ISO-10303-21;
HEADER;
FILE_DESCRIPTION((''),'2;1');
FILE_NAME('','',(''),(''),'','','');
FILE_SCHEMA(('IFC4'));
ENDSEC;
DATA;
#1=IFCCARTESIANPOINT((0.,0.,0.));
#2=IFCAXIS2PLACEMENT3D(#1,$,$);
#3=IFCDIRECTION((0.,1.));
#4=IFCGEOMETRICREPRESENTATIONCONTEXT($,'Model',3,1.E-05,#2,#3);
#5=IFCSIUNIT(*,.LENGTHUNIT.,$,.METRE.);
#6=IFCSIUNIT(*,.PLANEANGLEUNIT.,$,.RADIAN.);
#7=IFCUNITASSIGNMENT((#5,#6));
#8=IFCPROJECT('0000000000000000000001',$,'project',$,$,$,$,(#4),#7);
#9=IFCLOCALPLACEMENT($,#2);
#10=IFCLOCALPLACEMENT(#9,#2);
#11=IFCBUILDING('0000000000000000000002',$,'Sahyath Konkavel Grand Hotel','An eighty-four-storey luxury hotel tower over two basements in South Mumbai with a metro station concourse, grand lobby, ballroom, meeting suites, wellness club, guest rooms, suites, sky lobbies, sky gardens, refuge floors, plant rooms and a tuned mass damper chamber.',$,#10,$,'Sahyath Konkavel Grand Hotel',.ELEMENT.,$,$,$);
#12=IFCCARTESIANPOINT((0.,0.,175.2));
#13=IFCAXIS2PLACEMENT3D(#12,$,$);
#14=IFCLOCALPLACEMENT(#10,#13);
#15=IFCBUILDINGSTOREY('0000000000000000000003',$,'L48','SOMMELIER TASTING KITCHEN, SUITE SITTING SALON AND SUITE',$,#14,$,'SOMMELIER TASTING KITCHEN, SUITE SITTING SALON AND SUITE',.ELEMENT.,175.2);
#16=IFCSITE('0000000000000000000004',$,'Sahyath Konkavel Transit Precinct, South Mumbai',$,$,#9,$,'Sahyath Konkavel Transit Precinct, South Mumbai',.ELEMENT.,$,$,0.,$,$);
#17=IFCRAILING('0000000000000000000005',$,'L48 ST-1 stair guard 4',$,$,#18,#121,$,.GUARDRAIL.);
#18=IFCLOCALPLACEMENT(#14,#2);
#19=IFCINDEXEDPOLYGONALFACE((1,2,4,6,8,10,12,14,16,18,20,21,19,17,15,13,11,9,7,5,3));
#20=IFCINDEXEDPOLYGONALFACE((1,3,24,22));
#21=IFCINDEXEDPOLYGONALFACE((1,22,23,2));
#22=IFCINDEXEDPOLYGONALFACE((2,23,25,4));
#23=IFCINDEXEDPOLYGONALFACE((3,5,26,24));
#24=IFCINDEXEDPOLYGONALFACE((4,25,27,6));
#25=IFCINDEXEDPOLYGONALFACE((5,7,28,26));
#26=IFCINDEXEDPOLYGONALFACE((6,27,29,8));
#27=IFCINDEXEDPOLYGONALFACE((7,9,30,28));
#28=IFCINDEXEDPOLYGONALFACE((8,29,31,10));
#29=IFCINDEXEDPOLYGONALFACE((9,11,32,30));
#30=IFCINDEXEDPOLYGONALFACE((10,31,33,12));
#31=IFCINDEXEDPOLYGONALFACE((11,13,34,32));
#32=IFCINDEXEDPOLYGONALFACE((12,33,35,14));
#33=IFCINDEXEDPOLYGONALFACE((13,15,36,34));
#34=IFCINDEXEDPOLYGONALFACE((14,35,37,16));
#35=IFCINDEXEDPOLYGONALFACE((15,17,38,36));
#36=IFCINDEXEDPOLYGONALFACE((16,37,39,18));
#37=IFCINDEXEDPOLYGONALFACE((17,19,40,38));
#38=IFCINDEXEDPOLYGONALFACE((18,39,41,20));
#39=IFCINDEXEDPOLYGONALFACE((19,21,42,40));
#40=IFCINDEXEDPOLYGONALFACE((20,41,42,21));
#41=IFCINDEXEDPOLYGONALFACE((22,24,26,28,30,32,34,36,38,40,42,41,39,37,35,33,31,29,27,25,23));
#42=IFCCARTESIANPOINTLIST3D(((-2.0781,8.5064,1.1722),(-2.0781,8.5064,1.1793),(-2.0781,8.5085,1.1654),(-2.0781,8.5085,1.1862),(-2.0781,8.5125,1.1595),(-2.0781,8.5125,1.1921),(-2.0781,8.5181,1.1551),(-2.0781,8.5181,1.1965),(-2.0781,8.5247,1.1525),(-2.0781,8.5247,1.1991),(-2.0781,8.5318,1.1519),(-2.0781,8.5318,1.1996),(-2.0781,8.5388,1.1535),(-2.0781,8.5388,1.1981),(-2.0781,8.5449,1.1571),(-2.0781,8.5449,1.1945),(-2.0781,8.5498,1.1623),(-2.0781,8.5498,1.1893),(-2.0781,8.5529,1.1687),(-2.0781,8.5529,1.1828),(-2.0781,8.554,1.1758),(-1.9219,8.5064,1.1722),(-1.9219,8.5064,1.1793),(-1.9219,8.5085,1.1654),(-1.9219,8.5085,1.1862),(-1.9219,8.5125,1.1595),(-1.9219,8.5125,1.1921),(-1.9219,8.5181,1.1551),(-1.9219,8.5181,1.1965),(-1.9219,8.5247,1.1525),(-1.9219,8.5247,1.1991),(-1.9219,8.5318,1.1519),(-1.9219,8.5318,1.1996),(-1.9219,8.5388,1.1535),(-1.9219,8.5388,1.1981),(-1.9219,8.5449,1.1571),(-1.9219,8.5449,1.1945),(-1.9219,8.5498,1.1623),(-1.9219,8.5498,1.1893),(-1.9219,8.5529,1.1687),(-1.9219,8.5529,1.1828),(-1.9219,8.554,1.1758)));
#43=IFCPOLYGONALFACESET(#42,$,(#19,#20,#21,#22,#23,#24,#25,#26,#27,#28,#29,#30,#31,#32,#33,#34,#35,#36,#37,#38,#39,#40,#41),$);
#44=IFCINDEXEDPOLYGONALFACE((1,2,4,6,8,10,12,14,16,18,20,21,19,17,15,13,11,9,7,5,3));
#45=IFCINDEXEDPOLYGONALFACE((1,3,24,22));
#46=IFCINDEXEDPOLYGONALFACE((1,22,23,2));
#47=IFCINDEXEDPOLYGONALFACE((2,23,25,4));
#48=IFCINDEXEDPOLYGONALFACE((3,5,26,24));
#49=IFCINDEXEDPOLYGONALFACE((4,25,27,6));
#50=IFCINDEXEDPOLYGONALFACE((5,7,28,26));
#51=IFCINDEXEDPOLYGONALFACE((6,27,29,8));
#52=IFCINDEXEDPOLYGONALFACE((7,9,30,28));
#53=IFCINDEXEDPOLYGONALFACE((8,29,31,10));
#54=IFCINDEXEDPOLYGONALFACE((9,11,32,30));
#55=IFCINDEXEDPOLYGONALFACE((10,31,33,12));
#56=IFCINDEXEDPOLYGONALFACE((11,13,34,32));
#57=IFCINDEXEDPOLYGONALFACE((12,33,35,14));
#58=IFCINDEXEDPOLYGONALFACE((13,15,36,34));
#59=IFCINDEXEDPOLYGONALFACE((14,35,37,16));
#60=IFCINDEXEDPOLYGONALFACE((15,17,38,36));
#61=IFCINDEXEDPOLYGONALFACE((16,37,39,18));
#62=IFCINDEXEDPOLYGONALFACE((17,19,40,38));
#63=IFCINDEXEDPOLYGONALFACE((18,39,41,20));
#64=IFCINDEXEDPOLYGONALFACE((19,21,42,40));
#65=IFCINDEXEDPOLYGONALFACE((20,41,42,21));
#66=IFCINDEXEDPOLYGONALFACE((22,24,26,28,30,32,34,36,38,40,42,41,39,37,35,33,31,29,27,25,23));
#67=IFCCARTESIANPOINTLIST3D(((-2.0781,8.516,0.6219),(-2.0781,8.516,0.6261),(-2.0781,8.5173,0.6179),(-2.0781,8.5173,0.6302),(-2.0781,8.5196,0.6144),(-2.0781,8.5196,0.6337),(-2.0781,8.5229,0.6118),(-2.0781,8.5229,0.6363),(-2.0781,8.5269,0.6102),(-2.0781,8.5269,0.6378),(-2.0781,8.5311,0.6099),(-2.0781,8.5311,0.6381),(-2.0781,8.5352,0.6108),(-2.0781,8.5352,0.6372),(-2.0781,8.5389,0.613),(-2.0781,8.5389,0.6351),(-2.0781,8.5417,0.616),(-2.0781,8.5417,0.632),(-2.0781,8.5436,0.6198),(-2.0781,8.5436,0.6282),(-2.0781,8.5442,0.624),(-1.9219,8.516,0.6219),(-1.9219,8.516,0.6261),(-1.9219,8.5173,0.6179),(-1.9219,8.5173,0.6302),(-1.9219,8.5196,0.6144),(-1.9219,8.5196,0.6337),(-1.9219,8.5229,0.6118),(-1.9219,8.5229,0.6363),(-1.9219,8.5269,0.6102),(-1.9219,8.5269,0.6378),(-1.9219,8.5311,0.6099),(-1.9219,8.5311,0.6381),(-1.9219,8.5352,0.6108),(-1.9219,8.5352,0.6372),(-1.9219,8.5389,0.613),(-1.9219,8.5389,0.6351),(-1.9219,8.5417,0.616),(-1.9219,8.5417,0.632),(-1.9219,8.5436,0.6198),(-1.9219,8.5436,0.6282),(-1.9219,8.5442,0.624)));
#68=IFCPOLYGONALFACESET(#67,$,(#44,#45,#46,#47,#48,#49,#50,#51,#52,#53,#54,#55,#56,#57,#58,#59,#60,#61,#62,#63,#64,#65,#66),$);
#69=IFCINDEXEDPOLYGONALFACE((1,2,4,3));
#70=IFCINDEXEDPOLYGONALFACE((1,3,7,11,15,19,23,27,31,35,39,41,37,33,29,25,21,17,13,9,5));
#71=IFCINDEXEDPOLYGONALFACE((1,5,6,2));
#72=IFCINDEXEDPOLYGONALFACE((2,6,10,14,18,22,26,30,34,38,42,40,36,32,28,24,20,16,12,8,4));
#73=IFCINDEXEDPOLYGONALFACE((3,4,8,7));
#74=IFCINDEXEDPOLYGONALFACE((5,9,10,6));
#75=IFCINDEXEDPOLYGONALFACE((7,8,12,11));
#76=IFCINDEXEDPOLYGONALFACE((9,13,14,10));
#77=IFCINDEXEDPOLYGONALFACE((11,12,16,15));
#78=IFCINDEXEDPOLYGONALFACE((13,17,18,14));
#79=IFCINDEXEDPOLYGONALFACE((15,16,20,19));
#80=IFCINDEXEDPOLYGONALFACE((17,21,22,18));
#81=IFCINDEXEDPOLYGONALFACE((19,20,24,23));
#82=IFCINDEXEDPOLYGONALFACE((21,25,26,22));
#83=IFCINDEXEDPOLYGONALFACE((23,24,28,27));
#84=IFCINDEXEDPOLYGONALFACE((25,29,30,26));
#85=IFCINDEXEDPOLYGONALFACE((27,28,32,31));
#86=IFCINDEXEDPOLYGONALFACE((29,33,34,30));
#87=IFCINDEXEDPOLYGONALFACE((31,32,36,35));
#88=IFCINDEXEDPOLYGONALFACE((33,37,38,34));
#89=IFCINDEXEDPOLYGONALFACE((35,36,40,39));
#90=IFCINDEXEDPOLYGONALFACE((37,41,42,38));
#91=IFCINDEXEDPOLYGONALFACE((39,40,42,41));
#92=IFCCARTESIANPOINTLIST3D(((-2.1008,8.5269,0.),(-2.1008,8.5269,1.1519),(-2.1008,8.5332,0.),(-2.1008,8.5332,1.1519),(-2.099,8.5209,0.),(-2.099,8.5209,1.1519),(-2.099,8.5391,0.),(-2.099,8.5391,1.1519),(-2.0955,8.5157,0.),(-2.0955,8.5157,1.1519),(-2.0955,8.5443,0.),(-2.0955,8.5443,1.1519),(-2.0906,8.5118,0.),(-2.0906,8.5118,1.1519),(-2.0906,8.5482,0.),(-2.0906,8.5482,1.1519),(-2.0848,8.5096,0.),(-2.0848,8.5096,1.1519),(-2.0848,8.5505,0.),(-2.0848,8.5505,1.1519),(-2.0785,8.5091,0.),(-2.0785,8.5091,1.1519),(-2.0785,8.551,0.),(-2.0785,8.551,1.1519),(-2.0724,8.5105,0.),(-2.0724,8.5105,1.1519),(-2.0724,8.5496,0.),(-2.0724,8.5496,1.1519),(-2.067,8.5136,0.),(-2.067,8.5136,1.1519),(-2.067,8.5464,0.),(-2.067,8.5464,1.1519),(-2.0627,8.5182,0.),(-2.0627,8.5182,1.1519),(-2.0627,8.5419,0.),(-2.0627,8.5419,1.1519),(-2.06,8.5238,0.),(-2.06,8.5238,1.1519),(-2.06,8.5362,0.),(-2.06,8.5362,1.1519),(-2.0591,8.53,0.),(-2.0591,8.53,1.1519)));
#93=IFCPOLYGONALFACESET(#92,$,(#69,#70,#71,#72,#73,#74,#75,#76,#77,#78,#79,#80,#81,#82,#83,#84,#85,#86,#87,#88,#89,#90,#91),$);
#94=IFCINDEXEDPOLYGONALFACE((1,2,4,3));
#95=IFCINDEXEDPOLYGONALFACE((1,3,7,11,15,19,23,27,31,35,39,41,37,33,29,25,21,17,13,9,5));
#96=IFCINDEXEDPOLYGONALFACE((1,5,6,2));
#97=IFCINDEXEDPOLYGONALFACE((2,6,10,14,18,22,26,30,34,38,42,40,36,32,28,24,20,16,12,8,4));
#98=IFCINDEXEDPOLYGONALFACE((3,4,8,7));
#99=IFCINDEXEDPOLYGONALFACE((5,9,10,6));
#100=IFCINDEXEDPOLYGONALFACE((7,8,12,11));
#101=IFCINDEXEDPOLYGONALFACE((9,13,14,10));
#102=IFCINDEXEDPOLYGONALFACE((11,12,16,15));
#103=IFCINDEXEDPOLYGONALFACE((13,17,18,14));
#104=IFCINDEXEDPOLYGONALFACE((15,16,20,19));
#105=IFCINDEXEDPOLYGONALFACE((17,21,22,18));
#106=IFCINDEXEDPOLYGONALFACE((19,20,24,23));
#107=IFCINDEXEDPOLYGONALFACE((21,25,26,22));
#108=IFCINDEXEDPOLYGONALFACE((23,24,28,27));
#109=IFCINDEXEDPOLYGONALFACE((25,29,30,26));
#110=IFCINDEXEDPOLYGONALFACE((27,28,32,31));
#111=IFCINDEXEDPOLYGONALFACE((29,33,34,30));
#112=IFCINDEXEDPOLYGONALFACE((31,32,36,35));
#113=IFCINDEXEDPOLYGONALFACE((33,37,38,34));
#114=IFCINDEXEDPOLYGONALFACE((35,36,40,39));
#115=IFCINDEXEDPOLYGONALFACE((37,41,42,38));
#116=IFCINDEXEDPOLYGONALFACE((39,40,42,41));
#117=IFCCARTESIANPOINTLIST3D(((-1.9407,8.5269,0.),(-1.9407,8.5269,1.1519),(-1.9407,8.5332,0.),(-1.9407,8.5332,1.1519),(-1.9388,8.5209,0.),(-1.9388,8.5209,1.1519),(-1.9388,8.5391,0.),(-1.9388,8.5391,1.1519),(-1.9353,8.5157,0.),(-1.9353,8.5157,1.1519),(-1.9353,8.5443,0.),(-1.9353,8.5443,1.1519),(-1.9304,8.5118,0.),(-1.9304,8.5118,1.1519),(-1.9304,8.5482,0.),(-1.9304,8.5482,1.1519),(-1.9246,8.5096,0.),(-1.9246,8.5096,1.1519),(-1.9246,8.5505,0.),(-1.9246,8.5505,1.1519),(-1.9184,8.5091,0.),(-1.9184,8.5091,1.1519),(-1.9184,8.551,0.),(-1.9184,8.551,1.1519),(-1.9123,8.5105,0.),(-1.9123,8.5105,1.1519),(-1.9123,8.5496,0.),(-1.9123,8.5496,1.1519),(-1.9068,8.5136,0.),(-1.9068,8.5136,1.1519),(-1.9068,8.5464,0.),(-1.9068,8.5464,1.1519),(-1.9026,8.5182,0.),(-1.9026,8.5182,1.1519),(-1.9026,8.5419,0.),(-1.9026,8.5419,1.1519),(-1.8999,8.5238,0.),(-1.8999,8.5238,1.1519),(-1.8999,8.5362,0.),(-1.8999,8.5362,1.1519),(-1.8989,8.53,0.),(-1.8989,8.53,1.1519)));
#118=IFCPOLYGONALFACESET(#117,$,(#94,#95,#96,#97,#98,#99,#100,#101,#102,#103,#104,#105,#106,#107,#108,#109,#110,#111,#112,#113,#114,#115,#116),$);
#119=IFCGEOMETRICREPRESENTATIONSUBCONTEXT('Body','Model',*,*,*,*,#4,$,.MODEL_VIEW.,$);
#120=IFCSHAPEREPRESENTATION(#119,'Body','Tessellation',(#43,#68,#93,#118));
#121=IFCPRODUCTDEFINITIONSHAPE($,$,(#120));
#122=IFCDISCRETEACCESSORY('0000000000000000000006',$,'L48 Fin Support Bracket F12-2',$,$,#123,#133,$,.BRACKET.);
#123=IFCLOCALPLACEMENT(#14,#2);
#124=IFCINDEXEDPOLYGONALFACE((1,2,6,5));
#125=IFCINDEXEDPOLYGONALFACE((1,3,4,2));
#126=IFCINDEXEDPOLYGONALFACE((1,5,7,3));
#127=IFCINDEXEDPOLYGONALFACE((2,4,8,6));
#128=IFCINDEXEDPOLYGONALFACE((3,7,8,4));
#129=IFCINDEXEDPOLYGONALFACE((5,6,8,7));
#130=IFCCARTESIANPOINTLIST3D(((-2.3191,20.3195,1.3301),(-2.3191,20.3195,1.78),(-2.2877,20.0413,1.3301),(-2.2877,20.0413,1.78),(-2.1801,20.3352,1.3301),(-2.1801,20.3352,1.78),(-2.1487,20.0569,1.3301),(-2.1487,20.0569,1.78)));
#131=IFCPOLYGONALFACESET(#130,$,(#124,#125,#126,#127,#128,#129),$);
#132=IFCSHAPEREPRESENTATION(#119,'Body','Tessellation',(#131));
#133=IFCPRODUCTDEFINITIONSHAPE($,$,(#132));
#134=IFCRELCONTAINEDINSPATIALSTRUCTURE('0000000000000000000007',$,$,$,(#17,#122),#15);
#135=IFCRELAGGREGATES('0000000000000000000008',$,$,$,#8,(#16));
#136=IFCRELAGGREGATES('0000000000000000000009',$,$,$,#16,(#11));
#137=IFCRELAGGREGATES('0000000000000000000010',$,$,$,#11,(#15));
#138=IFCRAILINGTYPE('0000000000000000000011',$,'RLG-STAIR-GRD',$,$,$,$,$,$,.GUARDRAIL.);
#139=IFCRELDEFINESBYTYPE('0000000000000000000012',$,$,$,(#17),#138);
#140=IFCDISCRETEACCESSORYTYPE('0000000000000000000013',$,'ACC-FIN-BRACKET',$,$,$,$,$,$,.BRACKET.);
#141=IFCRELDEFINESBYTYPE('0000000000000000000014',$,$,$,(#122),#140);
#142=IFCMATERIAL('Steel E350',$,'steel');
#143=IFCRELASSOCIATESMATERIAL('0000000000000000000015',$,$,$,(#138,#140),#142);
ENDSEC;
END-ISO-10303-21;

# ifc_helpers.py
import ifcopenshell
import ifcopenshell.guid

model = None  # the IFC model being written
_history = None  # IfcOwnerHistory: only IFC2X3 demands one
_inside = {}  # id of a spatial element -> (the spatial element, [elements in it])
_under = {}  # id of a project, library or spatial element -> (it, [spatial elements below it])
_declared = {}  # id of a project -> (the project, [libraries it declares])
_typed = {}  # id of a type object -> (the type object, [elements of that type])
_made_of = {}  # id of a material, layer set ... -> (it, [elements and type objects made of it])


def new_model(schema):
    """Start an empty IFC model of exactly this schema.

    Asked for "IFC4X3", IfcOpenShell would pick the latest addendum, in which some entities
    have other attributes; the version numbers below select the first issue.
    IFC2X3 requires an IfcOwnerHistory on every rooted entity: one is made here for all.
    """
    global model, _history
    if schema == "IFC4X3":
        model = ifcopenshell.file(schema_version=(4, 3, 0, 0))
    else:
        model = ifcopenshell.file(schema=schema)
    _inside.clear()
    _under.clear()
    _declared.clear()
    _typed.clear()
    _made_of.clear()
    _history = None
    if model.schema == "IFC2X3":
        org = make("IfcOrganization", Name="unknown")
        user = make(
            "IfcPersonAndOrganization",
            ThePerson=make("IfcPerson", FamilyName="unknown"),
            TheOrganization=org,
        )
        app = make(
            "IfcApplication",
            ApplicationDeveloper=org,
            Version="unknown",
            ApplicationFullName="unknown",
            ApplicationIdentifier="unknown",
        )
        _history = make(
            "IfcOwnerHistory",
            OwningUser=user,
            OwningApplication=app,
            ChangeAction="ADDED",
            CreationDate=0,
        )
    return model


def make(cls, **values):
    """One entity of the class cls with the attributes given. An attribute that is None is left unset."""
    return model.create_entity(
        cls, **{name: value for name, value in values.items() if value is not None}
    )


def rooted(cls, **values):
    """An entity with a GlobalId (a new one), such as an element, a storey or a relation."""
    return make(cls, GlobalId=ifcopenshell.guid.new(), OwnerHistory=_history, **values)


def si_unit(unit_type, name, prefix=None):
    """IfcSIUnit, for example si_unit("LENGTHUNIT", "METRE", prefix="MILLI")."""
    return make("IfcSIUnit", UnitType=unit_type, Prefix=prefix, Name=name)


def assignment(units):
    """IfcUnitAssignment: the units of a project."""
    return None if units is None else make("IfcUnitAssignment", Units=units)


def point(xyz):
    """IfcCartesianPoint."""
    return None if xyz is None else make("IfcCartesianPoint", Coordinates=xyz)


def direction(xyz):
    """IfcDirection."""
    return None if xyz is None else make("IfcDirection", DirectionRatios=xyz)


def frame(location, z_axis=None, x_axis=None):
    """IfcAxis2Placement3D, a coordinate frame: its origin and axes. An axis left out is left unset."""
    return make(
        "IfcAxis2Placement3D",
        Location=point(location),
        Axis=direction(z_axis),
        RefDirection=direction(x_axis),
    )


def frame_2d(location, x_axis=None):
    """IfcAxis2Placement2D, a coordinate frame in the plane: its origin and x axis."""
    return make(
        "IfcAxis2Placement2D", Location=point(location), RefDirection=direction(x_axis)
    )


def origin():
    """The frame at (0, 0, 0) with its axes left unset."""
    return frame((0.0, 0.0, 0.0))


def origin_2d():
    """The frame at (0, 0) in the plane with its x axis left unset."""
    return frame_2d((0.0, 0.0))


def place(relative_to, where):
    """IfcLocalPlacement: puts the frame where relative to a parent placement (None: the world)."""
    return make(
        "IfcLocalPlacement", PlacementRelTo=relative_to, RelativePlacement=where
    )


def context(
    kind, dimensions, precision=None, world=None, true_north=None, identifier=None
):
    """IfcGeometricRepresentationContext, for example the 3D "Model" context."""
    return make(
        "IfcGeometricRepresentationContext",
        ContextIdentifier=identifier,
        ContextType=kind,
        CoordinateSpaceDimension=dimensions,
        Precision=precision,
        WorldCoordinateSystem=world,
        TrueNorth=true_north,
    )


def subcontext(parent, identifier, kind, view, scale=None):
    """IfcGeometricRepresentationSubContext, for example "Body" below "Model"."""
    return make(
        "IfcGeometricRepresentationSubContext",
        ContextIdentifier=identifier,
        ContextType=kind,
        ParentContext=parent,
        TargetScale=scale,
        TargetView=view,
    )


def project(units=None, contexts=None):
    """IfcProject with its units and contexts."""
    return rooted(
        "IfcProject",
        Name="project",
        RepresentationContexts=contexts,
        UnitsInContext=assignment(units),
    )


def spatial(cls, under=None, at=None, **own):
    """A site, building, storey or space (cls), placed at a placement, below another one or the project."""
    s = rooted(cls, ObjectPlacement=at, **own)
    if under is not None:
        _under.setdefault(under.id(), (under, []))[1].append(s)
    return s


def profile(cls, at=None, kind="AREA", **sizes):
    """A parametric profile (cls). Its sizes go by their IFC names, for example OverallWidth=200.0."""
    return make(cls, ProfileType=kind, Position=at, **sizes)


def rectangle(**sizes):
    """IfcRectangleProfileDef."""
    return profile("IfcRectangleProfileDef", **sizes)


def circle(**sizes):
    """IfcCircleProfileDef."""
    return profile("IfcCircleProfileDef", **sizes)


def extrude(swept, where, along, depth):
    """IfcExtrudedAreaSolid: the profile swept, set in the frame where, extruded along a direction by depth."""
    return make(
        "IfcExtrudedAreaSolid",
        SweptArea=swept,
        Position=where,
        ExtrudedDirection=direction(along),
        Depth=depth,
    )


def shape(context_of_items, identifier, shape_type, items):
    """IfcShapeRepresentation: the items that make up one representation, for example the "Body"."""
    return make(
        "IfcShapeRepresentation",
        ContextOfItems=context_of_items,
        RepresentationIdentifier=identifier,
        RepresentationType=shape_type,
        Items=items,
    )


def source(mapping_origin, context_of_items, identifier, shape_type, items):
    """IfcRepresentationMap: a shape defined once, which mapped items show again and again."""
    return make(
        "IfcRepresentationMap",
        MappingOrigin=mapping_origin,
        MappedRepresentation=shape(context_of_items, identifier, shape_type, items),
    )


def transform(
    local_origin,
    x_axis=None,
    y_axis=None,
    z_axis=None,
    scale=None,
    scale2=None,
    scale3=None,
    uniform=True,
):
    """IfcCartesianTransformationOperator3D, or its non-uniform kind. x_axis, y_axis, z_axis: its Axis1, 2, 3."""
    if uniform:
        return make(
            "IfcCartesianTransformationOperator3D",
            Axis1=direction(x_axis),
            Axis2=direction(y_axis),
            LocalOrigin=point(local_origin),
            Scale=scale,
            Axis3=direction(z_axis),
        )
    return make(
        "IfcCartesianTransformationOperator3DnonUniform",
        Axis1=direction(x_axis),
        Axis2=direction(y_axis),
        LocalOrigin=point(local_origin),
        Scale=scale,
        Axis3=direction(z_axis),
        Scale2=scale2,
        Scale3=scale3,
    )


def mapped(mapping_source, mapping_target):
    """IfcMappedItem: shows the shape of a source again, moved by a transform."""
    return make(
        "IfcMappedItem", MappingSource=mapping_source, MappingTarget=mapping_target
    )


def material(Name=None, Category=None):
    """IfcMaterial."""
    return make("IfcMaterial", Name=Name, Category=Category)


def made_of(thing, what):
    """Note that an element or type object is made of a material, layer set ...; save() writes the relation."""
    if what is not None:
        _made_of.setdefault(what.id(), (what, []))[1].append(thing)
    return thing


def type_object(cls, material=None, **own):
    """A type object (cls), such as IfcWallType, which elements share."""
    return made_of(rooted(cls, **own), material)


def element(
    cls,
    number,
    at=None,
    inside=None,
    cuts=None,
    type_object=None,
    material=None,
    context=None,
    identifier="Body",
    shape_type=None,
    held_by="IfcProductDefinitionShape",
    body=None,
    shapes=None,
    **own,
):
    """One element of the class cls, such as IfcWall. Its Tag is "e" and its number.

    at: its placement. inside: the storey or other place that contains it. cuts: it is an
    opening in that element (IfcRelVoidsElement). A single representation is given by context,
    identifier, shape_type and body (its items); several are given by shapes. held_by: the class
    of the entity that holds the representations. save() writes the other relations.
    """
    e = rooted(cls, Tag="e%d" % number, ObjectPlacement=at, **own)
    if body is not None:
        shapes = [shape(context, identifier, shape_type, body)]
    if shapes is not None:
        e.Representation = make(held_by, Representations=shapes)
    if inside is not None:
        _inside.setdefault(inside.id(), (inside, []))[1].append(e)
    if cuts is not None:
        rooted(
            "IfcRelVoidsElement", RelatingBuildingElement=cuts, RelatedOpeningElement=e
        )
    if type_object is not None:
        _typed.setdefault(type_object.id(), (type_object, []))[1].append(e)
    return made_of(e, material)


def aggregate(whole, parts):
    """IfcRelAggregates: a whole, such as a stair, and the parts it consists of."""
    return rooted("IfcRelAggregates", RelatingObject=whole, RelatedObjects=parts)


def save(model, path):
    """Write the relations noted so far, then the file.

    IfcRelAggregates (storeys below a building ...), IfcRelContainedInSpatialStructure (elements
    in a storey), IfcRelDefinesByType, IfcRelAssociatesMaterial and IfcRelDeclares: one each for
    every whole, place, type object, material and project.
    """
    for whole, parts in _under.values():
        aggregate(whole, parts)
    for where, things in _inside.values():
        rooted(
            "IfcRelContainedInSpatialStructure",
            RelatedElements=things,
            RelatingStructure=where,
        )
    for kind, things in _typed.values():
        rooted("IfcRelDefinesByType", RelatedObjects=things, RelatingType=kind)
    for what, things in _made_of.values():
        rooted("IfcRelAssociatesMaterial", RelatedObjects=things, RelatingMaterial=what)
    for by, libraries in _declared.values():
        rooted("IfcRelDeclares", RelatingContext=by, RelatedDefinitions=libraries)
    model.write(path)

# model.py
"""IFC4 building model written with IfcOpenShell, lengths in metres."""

from ifc_helpers import new_model, si_unit, direction, frame, origin, origin_2d, place, context, subcontext, project, spatial, rectangle, circle, extrude, source, transform, mapped, material, type_object, element, save


model = new_model("IFC4")

# Units and contexts
model_context = context("Model", 3, precision=1e-05, world=origin(), true_north=direction((0.0, 1.0)))
body_context = subcontext(model_context, "Body", "Model", "MODEL_VIEW")
ifc_project = project(units=[si_unit("LENGTHUNIT", "METRE"), si_unit("PLANEANGLEUNIT", "RADIAN")], contexts=[model_context])

# Site, building, storey
site_placement = place(None, origin())
site = spatial("IfcSite", under=ifc_project, at=site_placement, Name="Sahyath Konkavel Transit Precinct, South Mumbai", LongName="Sahyath Konkavel Transit Precinct, South Mumbai", CompositionType="ELEMENT", RefElevation=0.0)
building_placement = place(site_placement, origin())
building = spatial("IfcBuilding", under=site, at=building_placement, Name="Sahyath Konkavel Grand Hotel", Description="An eighty-four-storey luxury hotel tower over two basements in South Mumbai with a metro station concourse, grand lobby, ballroom, meeting suites, wellness club, guest rooms, suites, sky lobbies, sky gardens, refuge floors, plant rooms and a tuned mass damper chamber.", LongName="Sahyath Konkavel Grand Hotel", CompositionType="ELEMENT")
storey_placement = place(building_placement, frame((0.0, 0.0, 175.2)))
storey = spatial("IfcBuildingStorey", under=building, at=storey_placement, Name="L48", Description="SOMMELIER TASTING KITCHEN, SUITE SITTING SALON AND SUITE", LongName="SOMMELIER TASTING KITCHEN, SUITE SITTING SALON AND SUITE", CompositionType="ELEMENT", Elevation=175.2)

# Shared definitions
ifc_material_1 = material(Name="Steel E350", Category="steel")

# Railing
railing_type = type_object("IfcRailingType", Name="RLG-STAIR-GRD", PredefinedType="GUARDRAIL", material=ifc_material_1)
railing_1_placement = place(storey_placement, frame((-2.0801, 8.53, 0.0)))
element("IfcRailing", 1, at=railing_1_placement, inside=storey, type_object=railing_type, Name="L48 ST-1 stair guard 4", PredefinedType="GUARDRAIL", context=body_context, shape_type="SweptSolid", body=[
    extrude(circle(Radius=0.0239, at=origin_2d()), frame((0.002, 0.0, 1.1758), z_axis=(1.0, 0.0, 0.0), x_axis=(0.0, 1.0, 0.0)), (0.0, 0.0, 1.0), 0.1562),
    extrude(circle(Radius=0.0142, at=origin_2d()), frame((0.002, 0.0, 0.624), z_axis=(1.0, 0.0, 0.0), x_axis=(0.0, 1.0, 0.0)), (0.0, 0.0, 1.0), 0.1562),
    extrude(circle(Radius=0.021, at=origin_2d()), origin(), (0.0, 0.0, 1.0), 1.1519),
    extrude(circle(Radius=0.021, at=origin_2d()), frame((0.1602, 0.0, 0.0)), (0.0, 0.0, 1.0), 1.1519),
])

# Discrete accessory
discrete_accessory_type = type_object("IfcDiscreteAccessoryType", Name="ACC-FIN-BRACKET", PredefinedType="BRACKET", material=ifc_material_1)
shared_shape_1 = source(origin(), body_context, "Body", "SweptSolid", [
    extrude(rectangle(XDim=0.28, YDim=0.1399, at=origin_2d()), origin(), (0.0, 0.0, 1.0), 0.45),
])
discrete_accessory_placement = place(storey_placement, frame((-2.2339, 20.1882, 1.3301), z_axis=(0.0, 0.0, 1.0), x_axis=(-0.112007, 0.993707, 0.0)))
element("IfcDiscreteAccessory", 2, at=discrete_accessory_placement, inside=storey, type_object=discrete_accessory_type, Name="L48 Fin Support Bracket F12-2", PredefinedType="BRACKET", context=body_context, shape_type="MappedRepresentation", body=[
    mapped(shared_shape_1, transform((0.0, 0.0, 0.0), scale=1.0)),
])

save(model, "model.ifc")
